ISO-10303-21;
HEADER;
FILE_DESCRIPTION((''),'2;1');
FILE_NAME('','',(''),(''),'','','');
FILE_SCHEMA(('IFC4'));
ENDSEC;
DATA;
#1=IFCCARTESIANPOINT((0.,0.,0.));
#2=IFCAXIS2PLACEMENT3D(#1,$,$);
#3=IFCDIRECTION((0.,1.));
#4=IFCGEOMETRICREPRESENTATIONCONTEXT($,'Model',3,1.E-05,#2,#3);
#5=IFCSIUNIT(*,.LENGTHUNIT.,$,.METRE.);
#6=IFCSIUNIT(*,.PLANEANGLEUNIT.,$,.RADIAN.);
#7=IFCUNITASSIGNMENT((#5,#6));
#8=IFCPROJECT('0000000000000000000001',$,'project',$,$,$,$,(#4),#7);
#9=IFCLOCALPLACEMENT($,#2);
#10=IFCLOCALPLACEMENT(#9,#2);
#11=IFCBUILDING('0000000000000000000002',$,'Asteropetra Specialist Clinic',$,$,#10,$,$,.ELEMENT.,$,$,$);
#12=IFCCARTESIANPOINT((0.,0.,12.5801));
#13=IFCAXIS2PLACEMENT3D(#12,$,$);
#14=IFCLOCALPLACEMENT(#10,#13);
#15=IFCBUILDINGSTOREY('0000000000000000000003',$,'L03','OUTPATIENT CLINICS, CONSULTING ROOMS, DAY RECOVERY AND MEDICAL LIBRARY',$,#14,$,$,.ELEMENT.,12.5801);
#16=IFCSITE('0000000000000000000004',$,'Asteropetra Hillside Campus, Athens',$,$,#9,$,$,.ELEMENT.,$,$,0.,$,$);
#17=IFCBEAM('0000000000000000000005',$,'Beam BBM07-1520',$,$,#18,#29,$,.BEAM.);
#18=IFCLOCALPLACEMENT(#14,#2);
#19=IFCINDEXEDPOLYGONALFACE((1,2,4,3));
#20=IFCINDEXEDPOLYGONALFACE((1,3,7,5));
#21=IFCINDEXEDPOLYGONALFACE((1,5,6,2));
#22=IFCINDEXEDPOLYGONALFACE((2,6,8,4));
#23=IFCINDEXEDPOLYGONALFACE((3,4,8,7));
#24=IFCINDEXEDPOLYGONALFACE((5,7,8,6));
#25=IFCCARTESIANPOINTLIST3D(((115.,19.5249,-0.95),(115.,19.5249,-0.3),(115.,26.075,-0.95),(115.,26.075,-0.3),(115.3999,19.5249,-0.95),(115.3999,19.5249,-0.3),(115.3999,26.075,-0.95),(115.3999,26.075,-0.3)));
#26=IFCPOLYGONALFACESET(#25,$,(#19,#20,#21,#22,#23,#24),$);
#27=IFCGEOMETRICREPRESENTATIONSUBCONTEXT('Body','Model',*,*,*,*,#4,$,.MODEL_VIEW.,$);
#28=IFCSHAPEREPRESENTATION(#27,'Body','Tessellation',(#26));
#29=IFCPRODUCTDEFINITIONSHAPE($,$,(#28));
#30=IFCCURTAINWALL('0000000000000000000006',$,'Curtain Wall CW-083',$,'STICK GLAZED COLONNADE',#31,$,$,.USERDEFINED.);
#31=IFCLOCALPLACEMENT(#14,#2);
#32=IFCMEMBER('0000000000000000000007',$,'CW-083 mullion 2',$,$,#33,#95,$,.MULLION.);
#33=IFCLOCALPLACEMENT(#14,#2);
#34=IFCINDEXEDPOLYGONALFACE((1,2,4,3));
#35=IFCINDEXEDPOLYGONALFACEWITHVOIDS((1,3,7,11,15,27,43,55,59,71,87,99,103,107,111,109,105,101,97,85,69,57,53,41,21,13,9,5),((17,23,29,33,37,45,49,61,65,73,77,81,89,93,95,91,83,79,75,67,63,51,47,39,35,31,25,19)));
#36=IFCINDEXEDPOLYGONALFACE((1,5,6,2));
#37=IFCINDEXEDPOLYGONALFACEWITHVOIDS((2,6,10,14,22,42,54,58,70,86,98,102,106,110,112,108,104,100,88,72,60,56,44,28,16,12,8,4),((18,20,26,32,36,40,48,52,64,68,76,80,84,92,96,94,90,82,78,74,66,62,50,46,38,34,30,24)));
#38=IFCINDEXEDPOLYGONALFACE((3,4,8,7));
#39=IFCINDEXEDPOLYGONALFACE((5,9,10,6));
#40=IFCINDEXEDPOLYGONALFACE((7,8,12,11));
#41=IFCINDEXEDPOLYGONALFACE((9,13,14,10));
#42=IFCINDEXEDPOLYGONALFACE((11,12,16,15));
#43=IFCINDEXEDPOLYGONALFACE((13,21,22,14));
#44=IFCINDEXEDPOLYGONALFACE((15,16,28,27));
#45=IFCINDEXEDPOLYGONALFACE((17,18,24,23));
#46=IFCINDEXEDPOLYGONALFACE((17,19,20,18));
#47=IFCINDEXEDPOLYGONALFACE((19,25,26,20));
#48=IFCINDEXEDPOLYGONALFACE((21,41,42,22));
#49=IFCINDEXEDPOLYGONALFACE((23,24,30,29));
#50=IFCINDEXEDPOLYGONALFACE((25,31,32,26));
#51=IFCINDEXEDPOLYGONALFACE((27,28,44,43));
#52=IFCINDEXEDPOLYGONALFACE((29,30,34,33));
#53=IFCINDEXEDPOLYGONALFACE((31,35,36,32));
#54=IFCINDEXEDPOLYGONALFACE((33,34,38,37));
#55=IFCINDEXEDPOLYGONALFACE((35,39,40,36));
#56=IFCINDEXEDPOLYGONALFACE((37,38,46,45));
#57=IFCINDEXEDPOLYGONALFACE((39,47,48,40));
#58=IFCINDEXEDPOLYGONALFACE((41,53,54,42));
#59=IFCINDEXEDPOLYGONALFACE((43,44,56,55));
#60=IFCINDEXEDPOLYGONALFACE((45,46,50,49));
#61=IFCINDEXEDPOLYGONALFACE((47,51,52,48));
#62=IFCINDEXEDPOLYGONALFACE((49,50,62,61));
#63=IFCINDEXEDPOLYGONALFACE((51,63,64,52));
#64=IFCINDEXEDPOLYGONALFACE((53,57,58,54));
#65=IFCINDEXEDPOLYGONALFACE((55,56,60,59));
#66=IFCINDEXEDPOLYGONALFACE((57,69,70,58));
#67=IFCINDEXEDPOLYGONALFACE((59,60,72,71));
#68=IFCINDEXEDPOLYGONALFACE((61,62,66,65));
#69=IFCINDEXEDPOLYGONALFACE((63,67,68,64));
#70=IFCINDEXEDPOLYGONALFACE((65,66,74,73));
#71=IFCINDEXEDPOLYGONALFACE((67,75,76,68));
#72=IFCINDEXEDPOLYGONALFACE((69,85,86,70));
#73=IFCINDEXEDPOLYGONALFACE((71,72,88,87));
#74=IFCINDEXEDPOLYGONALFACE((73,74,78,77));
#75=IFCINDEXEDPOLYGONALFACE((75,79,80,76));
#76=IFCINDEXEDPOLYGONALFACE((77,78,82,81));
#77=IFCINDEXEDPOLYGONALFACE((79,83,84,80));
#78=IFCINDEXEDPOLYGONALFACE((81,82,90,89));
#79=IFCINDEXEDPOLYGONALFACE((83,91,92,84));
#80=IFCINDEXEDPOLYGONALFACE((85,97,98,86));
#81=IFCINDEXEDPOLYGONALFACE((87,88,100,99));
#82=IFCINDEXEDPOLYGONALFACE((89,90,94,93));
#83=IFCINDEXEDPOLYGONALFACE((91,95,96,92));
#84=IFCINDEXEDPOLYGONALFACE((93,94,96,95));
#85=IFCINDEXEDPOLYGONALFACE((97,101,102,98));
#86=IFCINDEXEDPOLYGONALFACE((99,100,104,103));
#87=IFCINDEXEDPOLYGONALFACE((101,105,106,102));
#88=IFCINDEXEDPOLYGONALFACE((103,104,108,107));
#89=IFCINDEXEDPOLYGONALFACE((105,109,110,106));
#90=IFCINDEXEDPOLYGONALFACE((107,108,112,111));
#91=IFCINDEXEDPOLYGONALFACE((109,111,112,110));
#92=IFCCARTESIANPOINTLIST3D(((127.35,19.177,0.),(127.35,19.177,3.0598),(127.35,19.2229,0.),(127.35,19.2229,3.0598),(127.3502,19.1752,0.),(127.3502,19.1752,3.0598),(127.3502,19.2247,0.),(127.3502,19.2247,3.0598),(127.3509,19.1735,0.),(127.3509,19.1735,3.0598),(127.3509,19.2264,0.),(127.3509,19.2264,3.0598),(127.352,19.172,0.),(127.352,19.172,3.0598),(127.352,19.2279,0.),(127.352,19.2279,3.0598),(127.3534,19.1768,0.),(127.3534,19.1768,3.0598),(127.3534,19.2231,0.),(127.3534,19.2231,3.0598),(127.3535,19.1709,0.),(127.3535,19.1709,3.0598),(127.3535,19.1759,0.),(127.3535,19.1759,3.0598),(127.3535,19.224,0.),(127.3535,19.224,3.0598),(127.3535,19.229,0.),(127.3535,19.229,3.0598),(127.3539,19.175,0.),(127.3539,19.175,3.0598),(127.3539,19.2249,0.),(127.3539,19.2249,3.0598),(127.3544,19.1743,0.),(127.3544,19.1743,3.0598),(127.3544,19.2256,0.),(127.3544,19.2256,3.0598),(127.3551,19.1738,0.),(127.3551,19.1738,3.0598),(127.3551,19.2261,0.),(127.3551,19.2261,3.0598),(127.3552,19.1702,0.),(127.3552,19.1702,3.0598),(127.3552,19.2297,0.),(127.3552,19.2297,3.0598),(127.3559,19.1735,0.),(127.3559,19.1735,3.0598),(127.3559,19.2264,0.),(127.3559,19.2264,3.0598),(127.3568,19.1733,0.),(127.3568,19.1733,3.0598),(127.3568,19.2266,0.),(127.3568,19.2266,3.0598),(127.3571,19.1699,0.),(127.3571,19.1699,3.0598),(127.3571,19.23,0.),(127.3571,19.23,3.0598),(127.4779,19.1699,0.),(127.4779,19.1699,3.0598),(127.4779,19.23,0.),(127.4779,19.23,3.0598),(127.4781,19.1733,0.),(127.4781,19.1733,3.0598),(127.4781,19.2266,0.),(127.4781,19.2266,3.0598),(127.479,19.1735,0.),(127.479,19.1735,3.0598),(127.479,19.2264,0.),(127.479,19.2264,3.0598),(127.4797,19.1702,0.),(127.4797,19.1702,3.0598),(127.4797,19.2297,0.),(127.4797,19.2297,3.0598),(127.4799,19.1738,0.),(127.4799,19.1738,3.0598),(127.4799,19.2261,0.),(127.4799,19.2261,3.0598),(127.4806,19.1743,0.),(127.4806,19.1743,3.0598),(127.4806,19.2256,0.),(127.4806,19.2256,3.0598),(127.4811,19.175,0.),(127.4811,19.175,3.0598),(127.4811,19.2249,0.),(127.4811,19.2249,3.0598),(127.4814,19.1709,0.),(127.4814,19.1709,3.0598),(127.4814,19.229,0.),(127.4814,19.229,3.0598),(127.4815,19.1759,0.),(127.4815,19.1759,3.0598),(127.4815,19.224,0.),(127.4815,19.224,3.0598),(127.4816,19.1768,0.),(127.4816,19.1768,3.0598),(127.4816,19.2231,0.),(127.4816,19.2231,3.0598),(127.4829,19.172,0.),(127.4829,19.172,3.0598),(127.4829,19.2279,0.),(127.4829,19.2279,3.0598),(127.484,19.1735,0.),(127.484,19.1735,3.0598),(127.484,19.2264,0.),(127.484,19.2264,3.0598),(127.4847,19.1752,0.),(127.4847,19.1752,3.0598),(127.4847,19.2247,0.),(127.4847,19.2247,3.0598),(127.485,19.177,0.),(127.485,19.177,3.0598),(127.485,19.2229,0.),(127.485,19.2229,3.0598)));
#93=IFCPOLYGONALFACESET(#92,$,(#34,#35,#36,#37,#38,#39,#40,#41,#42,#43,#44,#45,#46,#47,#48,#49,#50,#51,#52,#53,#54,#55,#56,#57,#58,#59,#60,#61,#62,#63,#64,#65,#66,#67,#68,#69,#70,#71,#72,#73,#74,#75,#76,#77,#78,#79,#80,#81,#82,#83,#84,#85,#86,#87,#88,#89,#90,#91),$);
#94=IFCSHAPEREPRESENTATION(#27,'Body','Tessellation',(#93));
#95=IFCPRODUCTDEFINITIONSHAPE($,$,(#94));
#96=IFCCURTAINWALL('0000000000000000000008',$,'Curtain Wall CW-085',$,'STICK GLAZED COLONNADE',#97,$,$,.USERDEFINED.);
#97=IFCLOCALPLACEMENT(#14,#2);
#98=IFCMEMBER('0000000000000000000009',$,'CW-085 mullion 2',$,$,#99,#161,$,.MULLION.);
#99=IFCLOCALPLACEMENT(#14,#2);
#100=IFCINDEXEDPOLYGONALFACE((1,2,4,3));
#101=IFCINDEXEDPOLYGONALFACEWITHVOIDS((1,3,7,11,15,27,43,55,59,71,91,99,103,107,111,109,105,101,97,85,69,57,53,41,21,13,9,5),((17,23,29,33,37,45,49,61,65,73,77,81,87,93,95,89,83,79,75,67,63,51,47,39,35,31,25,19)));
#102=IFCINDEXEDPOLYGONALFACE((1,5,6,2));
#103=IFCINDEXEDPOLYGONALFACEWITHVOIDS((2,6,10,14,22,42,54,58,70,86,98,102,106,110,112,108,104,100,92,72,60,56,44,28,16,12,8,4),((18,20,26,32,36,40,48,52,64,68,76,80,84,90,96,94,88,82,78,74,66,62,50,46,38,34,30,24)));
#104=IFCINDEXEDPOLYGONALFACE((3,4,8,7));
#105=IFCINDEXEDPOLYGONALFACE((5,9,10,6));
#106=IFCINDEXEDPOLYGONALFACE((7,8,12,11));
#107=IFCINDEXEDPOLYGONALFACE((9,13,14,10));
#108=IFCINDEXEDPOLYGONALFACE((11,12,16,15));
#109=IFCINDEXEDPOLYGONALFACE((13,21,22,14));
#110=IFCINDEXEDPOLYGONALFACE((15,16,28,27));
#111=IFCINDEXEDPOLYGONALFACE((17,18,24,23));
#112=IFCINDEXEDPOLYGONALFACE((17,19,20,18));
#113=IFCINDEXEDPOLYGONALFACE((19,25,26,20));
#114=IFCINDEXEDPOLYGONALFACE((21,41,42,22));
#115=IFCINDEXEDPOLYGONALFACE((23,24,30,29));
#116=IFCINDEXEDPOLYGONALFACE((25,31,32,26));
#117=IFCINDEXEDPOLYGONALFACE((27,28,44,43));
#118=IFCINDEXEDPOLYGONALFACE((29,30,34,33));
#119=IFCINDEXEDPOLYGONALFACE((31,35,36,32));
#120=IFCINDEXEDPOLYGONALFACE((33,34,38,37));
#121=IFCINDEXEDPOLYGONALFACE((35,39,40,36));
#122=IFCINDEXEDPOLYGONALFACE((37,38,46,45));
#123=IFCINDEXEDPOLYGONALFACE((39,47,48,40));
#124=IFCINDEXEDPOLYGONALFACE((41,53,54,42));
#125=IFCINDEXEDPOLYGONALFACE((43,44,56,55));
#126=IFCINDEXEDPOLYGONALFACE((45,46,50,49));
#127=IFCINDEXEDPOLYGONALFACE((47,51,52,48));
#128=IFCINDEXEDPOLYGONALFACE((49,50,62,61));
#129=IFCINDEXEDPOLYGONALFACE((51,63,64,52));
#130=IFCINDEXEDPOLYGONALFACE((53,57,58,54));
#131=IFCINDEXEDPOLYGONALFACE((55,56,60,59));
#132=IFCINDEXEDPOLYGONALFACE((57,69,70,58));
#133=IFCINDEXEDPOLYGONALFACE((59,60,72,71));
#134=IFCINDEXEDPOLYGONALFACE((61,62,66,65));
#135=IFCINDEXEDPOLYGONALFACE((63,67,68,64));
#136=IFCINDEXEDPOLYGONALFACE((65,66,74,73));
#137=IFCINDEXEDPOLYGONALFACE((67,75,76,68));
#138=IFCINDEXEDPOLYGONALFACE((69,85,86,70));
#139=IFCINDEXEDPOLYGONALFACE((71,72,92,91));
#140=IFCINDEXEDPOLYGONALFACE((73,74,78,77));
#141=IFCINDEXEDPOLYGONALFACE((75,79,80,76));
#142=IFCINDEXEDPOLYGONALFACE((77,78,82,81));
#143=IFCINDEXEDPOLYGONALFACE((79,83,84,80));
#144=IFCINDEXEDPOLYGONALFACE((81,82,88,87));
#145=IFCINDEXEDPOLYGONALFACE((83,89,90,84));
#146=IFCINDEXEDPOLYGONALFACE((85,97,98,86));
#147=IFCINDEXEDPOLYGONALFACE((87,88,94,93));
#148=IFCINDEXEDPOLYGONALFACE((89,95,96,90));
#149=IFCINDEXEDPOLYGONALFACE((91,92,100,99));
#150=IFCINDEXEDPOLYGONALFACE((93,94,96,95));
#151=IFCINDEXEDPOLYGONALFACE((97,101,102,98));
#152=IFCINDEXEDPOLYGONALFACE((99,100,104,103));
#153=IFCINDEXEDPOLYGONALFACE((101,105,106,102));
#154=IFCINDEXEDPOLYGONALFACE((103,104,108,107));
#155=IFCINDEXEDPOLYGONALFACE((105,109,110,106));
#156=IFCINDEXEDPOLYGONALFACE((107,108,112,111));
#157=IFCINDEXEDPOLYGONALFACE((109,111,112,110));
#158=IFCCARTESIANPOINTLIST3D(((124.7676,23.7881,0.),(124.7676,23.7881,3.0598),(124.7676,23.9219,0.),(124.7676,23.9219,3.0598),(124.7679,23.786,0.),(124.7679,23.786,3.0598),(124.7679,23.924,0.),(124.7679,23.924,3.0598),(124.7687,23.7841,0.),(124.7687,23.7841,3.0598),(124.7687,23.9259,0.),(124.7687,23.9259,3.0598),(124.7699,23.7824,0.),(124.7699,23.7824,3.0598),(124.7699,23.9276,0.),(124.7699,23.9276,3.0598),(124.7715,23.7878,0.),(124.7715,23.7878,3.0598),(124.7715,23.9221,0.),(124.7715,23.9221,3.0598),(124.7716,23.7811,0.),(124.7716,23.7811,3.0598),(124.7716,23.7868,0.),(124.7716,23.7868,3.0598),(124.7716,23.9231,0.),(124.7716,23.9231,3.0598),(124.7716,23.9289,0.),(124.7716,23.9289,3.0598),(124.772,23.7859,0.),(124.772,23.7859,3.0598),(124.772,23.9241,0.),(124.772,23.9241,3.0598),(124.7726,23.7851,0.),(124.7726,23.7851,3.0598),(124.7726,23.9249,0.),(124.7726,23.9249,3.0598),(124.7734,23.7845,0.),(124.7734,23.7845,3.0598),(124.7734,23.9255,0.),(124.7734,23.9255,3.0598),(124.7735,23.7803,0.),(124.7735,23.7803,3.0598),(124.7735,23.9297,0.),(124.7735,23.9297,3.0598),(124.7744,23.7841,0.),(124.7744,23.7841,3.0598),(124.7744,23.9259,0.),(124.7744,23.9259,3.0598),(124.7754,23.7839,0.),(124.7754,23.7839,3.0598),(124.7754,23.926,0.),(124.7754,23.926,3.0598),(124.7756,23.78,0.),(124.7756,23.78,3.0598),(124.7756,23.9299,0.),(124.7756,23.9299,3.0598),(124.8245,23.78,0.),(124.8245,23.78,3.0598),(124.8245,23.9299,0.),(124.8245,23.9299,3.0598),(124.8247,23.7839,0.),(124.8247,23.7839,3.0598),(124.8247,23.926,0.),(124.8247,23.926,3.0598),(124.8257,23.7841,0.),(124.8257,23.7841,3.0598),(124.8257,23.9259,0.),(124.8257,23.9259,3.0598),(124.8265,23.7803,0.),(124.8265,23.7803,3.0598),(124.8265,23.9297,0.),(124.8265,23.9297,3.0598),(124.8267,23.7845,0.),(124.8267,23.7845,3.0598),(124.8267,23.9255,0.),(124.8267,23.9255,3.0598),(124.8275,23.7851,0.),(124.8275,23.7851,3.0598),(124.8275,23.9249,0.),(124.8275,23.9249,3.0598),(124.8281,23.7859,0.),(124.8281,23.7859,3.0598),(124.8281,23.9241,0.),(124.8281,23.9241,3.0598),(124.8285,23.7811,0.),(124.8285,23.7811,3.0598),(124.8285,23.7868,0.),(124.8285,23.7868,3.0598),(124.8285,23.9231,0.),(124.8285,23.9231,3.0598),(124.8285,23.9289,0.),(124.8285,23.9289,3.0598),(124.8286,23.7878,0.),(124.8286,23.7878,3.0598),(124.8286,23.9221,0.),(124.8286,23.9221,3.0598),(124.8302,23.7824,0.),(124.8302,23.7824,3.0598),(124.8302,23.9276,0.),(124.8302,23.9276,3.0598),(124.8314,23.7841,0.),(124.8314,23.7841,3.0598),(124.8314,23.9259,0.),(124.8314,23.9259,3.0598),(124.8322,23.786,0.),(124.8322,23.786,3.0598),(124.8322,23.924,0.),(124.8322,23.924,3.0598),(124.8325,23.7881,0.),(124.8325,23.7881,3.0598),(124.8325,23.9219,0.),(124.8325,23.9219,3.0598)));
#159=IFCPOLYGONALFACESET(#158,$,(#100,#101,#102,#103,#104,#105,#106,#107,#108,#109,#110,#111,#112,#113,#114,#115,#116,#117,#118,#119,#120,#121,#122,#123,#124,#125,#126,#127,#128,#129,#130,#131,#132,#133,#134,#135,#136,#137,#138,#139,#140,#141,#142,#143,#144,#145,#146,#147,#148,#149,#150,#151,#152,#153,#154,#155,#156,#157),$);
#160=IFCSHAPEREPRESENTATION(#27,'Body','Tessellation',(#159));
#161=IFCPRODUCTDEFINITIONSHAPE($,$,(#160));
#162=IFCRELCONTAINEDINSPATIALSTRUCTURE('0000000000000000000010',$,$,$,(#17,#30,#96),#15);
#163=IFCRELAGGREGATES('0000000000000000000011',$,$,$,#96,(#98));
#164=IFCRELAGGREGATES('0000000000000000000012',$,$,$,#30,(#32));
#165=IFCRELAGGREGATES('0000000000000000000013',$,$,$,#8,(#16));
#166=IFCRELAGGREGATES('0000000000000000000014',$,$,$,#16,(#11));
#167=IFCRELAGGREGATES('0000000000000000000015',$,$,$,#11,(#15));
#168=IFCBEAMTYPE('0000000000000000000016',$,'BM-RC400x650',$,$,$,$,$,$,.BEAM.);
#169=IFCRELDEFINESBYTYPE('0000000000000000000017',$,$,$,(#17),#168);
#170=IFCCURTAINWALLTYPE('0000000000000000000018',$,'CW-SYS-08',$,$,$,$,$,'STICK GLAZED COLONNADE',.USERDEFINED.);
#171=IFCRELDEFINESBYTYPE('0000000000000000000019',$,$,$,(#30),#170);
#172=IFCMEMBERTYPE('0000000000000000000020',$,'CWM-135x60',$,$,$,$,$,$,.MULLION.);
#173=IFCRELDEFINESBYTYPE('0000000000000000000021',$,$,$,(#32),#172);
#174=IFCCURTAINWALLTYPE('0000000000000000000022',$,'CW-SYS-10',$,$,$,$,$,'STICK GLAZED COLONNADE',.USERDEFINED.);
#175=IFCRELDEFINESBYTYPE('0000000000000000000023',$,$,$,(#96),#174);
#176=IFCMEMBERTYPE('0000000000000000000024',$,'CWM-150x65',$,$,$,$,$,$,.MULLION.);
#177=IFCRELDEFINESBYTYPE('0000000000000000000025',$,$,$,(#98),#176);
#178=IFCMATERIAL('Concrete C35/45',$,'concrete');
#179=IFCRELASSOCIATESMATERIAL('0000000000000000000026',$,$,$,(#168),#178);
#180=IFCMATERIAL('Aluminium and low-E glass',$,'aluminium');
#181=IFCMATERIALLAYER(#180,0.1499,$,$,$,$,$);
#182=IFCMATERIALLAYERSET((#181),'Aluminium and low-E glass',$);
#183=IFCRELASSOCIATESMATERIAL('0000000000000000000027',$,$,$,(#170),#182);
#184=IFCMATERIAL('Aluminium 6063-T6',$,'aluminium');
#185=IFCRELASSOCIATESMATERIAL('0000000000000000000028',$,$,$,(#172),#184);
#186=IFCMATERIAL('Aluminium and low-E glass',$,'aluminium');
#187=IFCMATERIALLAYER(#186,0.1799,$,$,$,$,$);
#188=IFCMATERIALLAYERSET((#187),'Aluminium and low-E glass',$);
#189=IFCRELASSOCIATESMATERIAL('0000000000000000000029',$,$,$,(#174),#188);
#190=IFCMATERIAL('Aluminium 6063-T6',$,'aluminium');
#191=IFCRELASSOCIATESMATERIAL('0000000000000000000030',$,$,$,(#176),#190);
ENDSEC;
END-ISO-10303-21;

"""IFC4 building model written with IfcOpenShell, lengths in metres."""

from ifc_helpers import new_model, si_unit, direction, frame, origin, origin_2d, place, context, subcontext, project, spatial, rectangle, hollow_rectangle, extrude, material, layer, layer_set, material_profile, profile_set, type_object, element, aggregate, save


model = new_model("IFC4")

# Units and contexts
model_context = context("Model", 3, precision=1e-05, world=origin(), true_north=direction((0.0, 1.0)))
body_context = subcontext(model_context, "Body", "Model", "MODEL_VIEW")
ifc_project = project(units=[si_unit("LENGTHUNIT", "METRE"), si_unit("PLANEANGLEUNIT", "RADIAN")], contexts=[model_context])

# Site, building, storey
site_placement = place(None, origin())
site = spatial("IfcSite", under=ifc_project, at=site_placement, Name="Asteropetra Hillside Campus, Athens", CompositionType="ELEMENT", RefElevation=0.0)
building_placement = place(site_placement, origin())
building = spatial("IfcBuilding", under=site, at=building_placement, Name="Asteropetra Specialist Clinic", CompositionType="ELEMENT")
storey_placement = place(building_placement, frame((0.0, 0.0, 12.5801)))
storey = spatial("IfcBuildingStorey", under=building, at=storey_placement, Name="L03", Description="OUTPATIENT CLINICS, CONSULTING ROOMS, DAY RECOVERY AND MEDICAL LIBRARY", CompositionType="ELEMENT", Elevation=12.5801)

# Beam
ifc_material_1 = material(Name="Concrete C35/45", Category="concrete")
ifc_material_profile_1 = material_profile(ifc_material_1, rectangle(XDim=0.3999, YDim=0.6499, at=origin_2d()), Name="RCB 400x650")
ifc_profile_set_1 = profile_set([ifc_material_profile_1], Name="Concrete C35/45")
beam_type_1 = type_object("IfcBeamType", Name="BM-RC400x650", PredefinedType="BEAM", material=ifc_profile_set_1)
beam_placement = place(storey_placement, frame((115.2, 19.5249, -0.625), z_axis=(0.0, 1.0, 0.0), x_axis=(-1.0, 0.0, 0.0)))
element("IfcBeam", 1, at=beam_placement, inside=storey, type_object=beam_type_1, Name="Beam BBM07-1520", PredefinedType="BEAM", context=body_context, shape_type="SweptSolid", body=[
    extrude(rectangle(XDim=0.3999, YDim=0.6499, at=origin_2d()), origin(), (0.0, 0.0, 1.0), 6.55),
])

# Curtain wall, member
ifc_material_2 = material(Name="Aluminium and low-E glass", Category="aluminium")
ifc_layer_1 = layer(ifc_material_2, 0.1499)
ifc_layer_set_1 = layer_set([ifc_layer_1], Name="Aluminium and low-E glass")
curtain_wall_type_1 = type_object("IfcCurtainWallType", Name="CW-SYS-08", ElementType="STICK GLAZED COLONNADE", PredefinedType="USERDEFINED", material=ifc_layer_set_1)
curtain_wall_1_placement = place(storey_placement, origin())
curtain_wall_1 = element("IfcCurtainWall", 2, at=curtain_wall_1_placement, inside=storey, type_object=curtain_wall_type_1, Name="Curtain Wall CW-083", ObjectType="STICK GLAZED COLONNADE", PredefinedType="USERDEFINED")
ifc_material_3 = material(Name="Aluminium 6063-T6", Category="aluminium")
ifc_material_profile_2 = material_profile(ifc_material_3, hollow_rectangle(XDim=0.0601, YDim=0.135, WallThickness=0.0034, InnerFilletRadius=0.0034, OuterFilletRadius=0.0071, at=origin_2d()), Name="MUL 135x60x3.5")
ifc_profile_set_2 = profile_set([ifc_material_profile_2], Name="Aluminium 6063-T6")
member_type_1 = type_object("IfcMemberType", Name="CWM-135x60", PredefinedType="MULLION", material=ifc_profile_set_2)
member_1_placement = place(storey_placement, frame((127.4175, 19.2, 0.0), z_axis=(0.0, 0.0, 1.0), x_axis=(0.0, 1.0, 0.0)))
member_1 = element("IfcMember", 3, at=member_1_placement, type_object=member_type_1, Name="CW-083 mullion 2", PredefinedType="MULLION", context=body_context, shape_type="SweptSolid", body=[
    extrude(hollow_rectangle(XDim=0.0601, YDim=0.135, WallThickness=0.0034, InnerFilletRadius=0.0034, OuterFilletRadius=0.0071, at=origin_2d()), origin(), (0.0, 0.0, 1.0), 3.0598),
])

# Curtain wall, member
ifc_material_4 = material(Name="Aluminium and low-E glass", Category="aluminium")
ifc_layer_2 = layer(ifc_material_4, 0.1799)
ifc_layer_set_2 = layer_set([ifc_layer_2], Name="Aluminium and low-E glass")
curtain_wall_type_2 = type_object("IfcCurtainWallType", Name="CW-SYS-10", ElementType="STICK GLAZED COLONNADE", PredefinedType="USERDEFINED", material=ifc_layer_set_2)
curtain_wall_2_placement = place(storey_placement, origin())
curtain_wall_2 = element("IfcCurtainWall", 4, at=curtain_wall_2_placement, inside=storey, type_object=curtain_wall_type_2, Name="Curtain Wall CW-085", ObjectType="STICK GLAZED COLONNADE", PredefinedType="USERDEFINED")
ifc_material_5 = material(Name="Aluminium 6063-T6", Category="aluminium")
ifc_material_profile_3 = material_profile(ifc_material_5, hollow_rectangle(XDim=0.0649, YDim=0.1499, WallThickness=0.0039, InnerFilletRadius=0.0039, OuterFilletRadius=0.0081, at=origin_2d()), Name="MUL 150x65x4.0")
ifc_profile_set_3 = profile_set([ifc_material_profile_3], Name="Aluminium 6063-T6")
member_type_2 = type_object("IfcMemberType", Name="CWM-150x65", PredefinedType="MULLION", material=ifc_profile_set_3)
member_2_placement = place(storey_placement, frame((124.8, 23.855, 0.0), z_axis=(0.0, 0.0, 1.0), x_axis=(1.0, 0.0, 0.0)))
member_2 = element("IfcMember", 5, at=member_2_placement, type_object=member_type_2, Name="CW-085 mullion 2", PredefinedType="MULLION", context=body_context, shape_type="SweptSolid", body=[
    extrude(hollow_rectangle(XDim=0.0649, YDim=0.1499, WallThickness=0.0039, InnerFilletRadius=0.0039, OuterFilletRadius=0.0081, at=origin_2d()), origin(), (0.0, 0.0, 1.0), 3.0598),
])

aggregate(curtain_wall_2, [member_2])
aggregate(curtain_wall_1, [member_1])

save(model, "model.ifc")
